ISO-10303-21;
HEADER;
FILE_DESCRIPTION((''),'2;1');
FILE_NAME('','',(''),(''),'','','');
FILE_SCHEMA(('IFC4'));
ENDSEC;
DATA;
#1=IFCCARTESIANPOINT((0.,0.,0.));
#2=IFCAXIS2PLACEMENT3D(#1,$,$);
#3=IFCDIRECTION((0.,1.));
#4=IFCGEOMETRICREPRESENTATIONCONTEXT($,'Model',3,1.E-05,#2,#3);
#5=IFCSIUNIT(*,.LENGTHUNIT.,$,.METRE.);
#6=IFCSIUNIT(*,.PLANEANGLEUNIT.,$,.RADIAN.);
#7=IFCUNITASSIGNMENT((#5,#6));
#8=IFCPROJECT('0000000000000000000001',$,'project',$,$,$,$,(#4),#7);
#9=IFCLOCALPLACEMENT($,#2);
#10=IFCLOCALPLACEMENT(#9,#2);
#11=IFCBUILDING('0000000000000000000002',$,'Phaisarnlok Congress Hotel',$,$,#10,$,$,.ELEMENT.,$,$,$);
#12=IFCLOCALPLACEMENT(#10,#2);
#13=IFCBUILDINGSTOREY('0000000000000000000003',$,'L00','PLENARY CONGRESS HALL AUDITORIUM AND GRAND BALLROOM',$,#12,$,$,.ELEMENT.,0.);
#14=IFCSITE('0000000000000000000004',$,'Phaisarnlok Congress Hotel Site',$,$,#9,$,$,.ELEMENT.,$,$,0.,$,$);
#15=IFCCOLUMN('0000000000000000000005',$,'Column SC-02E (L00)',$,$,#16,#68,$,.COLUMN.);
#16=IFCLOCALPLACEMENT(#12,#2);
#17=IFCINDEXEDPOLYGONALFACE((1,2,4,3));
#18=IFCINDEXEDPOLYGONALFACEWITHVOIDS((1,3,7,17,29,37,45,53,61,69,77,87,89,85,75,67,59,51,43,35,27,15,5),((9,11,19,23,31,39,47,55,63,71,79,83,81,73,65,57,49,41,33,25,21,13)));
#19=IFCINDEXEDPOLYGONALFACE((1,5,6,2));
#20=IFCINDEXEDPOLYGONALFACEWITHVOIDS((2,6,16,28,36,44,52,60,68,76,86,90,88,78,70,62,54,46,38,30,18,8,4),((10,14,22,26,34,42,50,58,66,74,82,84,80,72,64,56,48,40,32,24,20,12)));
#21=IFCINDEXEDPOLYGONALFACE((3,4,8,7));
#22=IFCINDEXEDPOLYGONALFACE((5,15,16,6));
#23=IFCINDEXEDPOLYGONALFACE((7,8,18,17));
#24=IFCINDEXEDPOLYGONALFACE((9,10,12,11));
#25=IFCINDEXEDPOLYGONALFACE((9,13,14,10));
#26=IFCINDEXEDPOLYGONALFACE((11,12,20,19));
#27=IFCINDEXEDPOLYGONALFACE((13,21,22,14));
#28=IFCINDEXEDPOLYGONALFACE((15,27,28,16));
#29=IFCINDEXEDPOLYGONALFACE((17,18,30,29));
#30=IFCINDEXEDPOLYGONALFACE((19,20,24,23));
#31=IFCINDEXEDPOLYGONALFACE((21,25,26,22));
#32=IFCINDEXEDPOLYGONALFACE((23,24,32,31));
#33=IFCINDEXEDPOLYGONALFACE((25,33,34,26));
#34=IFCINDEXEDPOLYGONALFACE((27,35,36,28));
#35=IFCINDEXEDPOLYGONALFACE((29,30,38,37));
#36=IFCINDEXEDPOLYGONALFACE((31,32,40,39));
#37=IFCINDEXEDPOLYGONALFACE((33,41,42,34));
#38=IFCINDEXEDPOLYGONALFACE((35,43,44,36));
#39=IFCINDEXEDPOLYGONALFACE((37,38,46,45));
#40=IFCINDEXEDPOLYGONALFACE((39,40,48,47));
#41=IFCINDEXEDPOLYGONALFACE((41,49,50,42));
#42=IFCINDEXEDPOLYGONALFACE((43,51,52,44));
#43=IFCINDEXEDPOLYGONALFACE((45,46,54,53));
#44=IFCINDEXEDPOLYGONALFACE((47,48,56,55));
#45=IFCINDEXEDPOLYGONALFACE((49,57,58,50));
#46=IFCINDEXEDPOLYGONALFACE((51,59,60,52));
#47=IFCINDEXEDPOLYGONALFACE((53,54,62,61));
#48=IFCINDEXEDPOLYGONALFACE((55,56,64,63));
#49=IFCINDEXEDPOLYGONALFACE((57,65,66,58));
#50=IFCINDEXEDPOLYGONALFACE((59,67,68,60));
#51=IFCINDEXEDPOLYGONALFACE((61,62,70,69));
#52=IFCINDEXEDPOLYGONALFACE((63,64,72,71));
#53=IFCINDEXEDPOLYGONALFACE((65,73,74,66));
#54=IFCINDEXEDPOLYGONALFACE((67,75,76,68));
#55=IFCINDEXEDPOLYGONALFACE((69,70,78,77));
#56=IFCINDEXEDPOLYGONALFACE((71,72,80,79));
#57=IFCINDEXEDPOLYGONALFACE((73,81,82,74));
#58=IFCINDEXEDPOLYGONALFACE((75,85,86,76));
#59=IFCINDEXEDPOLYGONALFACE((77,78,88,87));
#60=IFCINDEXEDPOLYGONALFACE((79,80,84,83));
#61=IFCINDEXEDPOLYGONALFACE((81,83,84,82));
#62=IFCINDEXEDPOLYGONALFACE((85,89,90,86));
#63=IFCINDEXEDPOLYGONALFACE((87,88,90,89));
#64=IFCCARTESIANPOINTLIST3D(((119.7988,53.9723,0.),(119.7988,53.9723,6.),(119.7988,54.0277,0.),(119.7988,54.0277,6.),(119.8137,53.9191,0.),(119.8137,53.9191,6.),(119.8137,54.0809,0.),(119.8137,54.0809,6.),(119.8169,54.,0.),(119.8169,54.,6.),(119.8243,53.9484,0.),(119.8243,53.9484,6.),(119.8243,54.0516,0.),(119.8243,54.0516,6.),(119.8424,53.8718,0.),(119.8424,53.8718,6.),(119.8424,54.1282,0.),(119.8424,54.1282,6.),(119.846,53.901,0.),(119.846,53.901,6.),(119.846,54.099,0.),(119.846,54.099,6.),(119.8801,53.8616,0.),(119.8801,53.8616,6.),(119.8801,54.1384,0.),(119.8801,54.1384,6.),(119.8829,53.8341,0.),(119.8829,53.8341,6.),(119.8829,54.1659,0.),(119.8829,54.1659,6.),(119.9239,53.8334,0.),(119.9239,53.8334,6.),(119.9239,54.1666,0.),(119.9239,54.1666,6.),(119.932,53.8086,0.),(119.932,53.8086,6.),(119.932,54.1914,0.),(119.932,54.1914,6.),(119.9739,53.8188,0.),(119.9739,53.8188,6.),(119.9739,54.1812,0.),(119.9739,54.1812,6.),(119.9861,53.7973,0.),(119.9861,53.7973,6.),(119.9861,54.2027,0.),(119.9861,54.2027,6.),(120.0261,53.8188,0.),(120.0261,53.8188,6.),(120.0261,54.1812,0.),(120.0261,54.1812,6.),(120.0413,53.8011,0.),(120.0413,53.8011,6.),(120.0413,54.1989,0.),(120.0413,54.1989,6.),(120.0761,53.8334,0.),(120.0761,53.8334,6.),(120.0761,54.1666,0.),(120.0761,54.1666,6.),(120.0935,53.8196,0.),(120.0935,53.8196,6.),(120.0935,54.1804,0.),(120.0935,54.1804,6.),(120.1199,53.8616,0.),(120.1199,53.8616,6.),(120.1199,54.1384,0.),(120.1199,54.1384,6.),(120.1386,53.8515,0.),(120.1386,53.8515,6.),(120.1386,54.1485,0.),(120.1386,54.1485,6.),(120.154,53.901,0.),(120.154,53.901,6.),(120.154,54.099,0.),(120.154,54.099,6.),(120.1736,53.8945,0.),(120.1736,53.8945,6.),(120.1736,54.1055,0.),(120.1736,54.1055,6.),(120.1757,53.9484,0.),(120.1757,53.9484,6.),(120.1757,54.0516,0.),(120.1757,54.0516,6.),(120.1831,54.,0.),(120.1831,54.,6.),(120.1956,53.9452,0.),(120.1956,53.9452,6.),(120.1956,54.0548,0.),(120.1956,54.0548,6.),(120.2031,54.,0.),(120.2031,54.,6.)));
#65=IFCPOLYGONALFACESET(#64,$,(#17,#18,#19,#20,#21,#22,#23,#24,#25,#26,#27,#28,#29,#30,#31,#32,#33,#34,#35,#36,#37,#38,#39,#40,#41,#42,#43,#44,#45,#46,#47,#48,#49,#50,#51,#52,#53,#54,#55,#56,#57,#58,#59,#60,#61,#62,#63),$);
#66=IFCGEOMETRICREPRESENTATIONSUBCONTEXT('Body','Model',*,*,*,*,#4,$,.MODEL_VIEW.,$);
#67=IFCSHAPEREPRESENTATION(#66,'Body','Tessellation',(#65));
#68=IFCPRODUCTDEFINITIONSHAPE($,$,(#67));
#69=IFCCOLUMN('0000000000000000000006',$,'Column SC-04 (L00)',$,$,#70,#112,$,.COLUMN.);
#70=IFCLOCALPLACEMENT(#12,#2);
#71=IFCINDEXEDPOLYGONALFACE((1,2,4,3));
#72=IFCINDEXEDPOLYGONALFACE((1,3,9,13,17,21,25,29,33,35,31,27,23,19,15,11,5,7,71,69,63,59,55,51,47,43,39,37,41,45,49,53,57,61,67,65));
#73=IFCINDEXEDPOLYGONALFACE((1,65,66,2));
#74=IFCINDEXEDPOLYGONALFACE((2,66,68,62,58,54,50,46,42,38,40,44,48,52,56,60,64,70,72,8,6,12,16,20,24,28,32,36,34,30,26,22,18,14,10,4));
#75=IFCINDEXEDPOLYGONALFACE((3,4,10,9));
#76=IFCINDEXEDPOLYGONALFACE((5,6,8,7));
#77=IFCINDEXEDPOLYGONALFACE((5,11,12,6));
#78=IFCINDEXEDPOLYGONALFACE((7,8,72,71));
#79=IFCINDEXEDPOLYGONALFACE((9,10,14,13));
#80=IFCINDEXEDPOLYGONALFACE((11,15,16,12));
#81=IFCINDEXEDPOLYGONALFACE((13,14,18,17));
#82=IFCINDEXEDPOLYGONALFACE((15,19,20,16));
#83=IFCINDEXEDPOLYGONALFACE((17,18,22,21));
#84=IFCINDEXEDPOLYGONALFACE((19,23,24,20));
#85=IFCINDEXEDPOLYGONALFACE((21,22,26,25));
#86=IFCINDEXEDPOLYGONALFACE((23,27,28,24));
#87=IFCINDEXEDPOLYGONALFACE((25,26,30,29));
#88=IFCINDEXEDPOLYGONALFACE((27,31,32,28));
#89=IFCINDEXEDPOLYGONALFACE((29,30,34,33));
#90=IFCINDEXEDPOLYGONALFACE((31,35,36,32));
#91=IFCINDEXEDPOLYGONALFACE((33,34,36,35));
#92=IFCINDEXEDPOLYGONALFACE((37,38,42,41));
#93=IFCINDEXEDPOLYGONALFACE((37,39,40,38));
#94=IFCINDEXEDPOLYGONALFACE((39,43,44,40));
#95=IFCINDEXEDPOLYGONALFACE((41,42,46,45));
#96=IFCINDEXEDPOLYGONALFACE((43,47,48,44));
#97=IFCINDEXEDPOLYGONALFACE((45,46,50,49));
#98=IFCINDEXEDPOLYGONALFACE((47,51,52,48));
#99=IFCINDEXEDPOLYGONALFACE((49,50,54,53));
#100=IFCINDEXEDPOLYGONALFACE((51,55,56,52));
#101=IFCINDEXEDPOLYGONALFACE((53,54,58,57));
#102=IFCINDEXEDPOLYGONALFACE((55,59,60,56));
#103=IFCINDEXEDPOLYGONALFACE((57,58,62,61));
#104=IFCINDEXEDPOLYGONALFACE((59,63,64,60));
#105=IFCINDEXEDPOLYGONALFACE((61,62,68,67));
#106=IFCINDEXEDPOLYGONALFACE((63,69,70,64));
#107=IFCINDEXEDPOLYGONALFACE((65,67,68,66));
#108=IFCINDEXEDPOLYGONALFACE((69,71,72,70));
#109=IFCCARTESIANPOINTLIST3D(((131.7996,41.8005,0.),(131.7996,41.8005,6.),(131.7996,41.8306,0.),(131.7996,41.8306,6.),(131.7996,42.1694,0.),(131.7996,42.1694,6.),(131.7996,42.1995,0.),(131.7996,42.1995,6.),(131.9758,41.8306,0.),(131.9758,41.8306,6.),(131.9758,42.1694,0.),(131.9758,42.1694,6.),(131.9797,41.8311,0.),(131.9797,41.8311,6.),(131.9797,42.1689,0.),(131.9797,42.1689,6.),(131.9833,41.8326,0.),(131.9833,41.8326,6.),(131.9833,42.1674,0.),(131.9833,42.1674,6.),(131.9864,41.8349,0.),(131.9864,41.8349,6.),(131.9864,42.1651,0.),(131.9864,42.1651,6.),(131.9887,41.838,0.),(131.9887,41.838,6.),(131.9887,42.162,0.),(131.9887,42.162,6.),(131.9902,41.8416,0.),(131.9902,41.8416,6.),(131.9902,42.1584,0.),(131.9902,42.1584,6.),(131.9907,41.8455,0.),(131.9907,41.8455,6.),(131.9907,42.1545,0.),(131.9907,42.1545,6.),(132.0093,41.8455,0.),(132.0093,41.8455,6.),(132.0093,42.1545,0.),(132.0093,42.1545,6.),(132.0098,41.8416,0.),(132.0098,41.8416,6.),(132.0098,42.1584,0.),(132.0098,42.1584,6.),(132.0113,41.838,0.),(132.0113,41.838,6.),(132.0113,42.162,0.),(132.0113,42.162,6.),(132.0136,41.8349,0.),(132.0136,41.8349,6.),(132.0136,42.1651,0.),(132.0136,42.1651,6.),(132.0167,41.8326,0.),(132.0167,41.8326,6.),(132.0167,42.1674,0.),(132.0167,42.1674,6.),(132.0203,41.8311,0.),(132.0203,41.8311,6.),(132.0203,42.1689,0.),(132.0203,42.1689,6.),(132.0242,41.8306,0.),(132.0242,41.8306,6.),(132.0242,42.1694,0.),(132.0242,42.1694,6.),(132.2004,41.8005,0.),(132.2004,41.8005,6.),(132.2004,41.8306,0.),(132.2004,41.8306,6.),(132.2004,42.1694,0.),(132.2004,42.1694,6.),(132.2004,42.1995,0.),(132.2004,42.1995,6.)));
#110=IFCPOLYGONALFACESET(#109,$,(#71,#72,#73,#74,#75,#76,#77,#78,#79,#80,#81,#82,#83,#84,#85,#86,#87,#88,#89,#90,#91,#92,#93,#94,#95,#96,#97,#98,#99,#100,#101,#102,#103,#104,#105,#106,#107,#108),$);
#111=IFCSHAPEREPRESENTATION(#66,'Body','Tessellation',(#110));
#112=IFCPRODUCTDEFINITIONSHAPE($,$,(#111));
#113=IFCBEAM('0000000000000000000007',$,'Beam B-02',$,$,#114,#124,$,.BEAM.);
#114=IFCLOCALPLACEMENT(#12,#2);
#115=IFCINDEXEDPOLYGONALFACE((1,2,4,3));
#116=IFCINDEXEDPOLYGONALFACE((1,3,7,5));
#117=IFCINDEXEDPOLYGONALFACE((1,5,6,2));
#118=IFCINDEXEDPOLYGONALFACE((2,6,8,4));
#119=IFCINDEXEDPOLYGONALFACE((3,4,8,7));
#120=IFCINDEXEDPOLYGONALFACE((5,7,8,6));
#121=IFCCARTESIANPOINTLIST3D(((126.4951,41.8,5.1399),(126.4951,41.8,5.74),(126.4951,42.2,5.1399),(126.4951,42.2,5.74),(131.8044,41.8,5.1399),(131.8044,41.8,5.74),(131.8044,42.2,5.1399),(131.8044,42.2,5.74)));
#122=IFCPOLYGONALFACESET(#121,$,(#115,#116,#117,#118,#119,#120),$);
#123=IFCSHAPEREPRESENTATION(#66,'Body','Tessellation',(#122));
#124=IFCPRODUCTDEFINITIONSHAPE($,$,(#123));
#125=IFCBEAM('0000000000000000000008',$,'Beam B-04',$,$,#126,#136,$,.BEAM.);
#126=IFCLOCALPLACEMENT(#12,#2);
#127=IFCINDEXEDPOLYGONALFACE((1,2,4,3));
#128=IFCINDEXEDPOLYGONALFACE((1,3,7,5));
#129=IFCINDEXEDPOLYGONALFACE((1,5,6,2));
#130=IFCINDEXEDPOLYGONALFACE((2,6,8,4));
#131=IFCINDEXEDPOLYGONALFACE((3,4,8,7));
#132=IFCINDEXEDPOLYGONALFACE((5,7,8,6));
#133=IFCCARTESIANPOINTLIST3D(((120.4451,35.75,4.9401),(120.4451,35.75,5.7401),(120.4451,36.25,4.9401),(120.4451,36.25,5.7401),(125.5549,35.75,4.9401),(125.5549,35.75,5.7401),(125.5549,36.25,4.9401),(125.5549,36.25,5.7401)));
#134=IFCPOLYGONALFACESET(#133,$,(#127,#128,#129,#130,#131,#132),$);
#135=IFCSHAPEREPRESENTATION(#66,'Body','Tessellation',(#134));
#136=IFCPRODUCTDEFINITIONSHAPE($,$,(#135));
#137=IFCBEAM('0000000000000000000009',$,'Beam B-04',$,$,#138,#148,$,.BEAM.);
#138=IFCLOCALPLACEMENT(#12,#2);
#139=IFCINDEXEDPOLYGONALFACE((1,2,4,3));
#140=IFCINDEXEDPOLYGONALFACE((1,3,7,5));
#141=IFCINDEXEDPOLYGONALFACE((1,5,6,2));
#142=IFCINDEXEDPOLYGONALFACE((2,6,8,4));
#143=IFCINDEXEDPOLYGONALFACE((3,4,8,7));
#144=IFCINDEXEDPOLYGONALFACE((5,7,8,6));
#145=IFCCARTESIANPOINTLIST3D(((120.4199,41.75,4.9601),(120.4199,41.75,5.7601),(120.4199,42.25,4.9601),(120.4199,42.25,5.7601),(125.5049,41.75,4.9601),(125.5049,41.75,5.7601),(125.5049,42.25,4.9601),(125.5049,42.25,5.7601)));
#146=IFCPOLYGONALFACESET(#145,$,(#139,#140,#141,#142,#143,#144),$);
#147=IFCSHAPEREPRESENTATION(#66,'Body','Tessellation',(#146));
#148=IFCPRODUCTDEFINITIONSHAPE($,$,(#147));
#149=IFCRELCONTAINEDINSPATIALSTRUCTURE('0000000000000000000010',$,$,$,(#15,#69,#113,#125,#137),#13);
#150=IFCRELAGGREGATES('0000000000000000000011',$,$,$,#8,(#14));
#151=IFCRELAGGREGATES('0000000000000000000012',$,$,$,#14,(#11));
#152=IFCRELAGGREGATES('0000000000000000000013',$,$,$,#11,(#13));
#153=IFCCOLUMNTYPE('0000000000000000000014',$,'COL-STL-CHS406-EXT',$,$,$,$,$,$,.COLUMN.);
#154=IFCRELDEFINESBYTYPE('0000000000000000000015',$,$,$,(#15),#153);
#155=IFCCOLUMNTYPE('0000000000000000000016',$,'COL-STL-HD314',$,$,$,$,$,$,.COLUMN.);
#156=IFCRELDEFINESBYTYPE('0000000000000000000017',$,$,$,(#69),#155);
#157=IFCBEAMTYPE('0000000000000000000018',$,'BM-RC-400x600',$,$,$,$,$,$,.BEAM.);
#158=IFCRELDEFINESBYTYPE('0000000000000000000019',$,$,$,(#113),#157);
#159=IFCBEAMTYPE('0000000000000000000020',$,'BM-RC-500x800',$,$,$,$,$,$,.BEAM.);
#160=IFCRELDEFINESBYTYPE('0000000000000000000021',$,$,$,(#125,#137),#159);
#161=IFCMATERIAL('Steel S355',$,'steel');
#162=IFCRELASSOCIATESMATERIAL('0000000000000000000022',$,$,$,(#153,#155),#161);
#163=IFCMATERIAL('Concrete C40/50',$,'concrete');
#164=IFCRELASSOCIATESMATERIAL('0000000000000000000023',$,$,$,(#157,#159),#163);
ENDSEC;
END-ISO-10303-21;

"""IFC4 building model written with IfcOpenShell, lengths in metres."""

from ifc_helpers import new_model, si_unit, direction, frame, origin, origin_2d, place, context, subcontext, project, spatial, rectangle, hollow_circle, i_section, extrude, material, material_profile, profile_set, type_object, element, save


model = new_model("IFC4")

# Units and contexts
model_context = context("Model", 3, precision=1e-05, world=origin(), true_north=direction((0.0, 1.0)))
body_context = subcontext(model_context, "Body", "Model", "MODEL_VIEW")
ifc_project = project(units=[si_unit("LENGTHUNIT", "METRE"), si_unit("PLANEANGLEUNIT", "RADIAN")], contexts=[model_context])

# Site, building, storey
site_placement = place(None, origin())
site = spatial("IfcSite", under=ifc_project, at=site_placement, Name="Phaisarnlok Congress Hotel Site", CompositionType="ELEMENT", RefElevation=0.0)
building_placement = place(site_placement, origin())
building = spatial("IfcBuilding", under=site, at=building_placement, Name="Phaisarnlok Congress Hotel", CompositionType="ELEMENT")
storey_placement = place(building_placement, origin())
storey = spatial("IfcBuildingStorey", under=building, at=storey_placement, Name="L00", Description="PLENARY CONGRESS HALL AUDITORIUM AND GRAND BALLROOM", CompositionType="ELEMENT", Elevation=0.0)

# Columns
ifc_material_1 = material(Name="Steel S355", Category="steel")
ifc_material_profile_1 = material_profile(ifc_material_1, hollow_circle(Radius=0.2031, WallThickness=0.02, at=origin_2d()), Name="CHS 406.4x20")
ifc_profile_set_1 = profile_set([ifc_material_profile_1], Name="Steel S355")
column_type_1 = type_object("IfcColumnType", Name="COL-STL-CHS406-EXT", PredefinedType="COLUMN", material=ifc_profile_set_1)
for number, where, z_axis, x_axis, name in (
    (1, (120.0, 54.0, 0.0), (0.0, 0.0, 1.0), (1.0, 0.0, 0.0), "Column SC-02E (L00)"),
):
    element("IfcColumn", number, at=place(storey_placement, frame(where, z_axis=z_axis, x_axis=x_axis)), inside=storey, type_object=column_type_1, Name=name, PredefinedType="COLUMN", context=body_context, shape_type="SweptSolid", body=[
        extrude(hollow_circle(Radius=0.2031, WallThickness=0.02, at=origin_2d()), origin(), (0.0, 0.0, 1.0), 6.0),
    ])
ifc_material_profile_2 = material_profile(ifc_material_1, i_section(OverallWidth=0.4009, OverallDepth=0.3989, WebThickness=0.0186, FlangeThickness=0.03, FilletRadius=0.0149, at=origin_2d()), Name="HD 400x314")
ifc_profile_set_2 = profile_set([ifc_material_profile_2], Name="Steel S355")
column_type_2 = type_object("IfcColumnType", Name="COL-STL-HD314", PredefinedType="COLUMN", material=ifc_profile_set_2)
column_1_placement = place(storey_placement, frame((132.0, 42.0, 0.0), z_axis=(0.0, 0.0, 1.0), x_axis=(1.0, 0.0, 0.0)))
element("IfcColumn", 2, at=column_1_placement, inside=storey, type_object=column_type_2, Name="Column SC-04 (L00)", PredefinedType="COLUMN", context=body_context, shape_type="SweptSolid", body=[
    extrude(i_section(OverallWidth=0.4009, OverallDepth=0.3989, WebThickness=0.0186, FlangeThickness=0.03, FilletRadius=0.0149, at=origin_2d()), origin(), (0.0, 0.0, 1.0), 6.0),
])

# Beams
ifc_material_2 = material(Name="Concrete C40/50", Category="concrete")
ifc_material_profile_3 = material_profile(ifc_material_2, rectangle(XDim=0.3999, YDim=0.6001, at=origin_2d()), Name="RC 400x600")
ifc_profile_set_3 = profile_set([ifc_material_profile_3], Name="Concrete C40/50")
beam_type_1 = type_object("IfcBeamType", Name="BM-RC-400x600", PredefinedType="BEAM", material=ifc_profile_set_3)
beam_1_placement = place(storey_placement, frame((126.4951, 42.0, 5.4399), z_axis=(1.0, 0.0, 0.0), x_axis=(0.0, 1.0, 0.0)))
element("IfcBeam", 3, at=beam_1_placement, inside=storey, type_object=beam_type_1, Name="Beam B-02", PredefinedType="BEAM", context=body_context, shape_type="SweptSolid", body=[
    extrude(rectangle(XDim=0.3999, YDim=0.6001, at=origin_2d()), origin(), (0.0, 0.0, 1.0), 5.3093),
])
ifc_material_profile_4 = material_profile(ifc_material_2, rectangle(XDim=0.5, YDim=0.8, at=origin_2d()), Name="RC 500x800")
ifc_profile_set_4 = profile_set([ifc_material_profile_4], Name="Concrete C40/50")
beam_type_2 = type_object("IfcBeamType", Name="BM-RC-500x800", PredefinedType="BEAM", material=ifc_profile_set_4)
beam_2_placement = place(storey_placement, frame((120.4451, 36.0, 5.3401), z_axis=(1.0, 0.0, 0.0), x_axis=(0.0, 1.0, 0.0)))
element("IfcBeam", 4, at=beam_2_placement, inside=storey, type_object=beam_type_2, Name="Beam B-04", PredefinedType="BEAM", context=body_context, shape_type="SweptSolid", body=[
    extrude(rectangle(XDim=0.5, YDim=0.8, at=origin_2d()), origin(), (0.0, 0.0, 1.0), 5.1099),
])
beam_3_placement = place(storey_placement, frame((120.4199, 42.0, 5.3601), z_axis=(1.0, 0.0, 0.0), x_axis=(0.0, 1.0, 0.0)))
element("IfcBeam", 5, at=beam_3_placement, inside=storey, type_object=beam_type_2, Name="Beam B-04", PredefinedType="BEAM", context=body_context, shape_type="SweptSolid", body=[
    extrude(rectangle(XDim=0.5, YDim=0.8, at=origin_2d()), origin(), (0.0, 0.0, 1.0), 5.085),
])

save(model, "model.ifc")
